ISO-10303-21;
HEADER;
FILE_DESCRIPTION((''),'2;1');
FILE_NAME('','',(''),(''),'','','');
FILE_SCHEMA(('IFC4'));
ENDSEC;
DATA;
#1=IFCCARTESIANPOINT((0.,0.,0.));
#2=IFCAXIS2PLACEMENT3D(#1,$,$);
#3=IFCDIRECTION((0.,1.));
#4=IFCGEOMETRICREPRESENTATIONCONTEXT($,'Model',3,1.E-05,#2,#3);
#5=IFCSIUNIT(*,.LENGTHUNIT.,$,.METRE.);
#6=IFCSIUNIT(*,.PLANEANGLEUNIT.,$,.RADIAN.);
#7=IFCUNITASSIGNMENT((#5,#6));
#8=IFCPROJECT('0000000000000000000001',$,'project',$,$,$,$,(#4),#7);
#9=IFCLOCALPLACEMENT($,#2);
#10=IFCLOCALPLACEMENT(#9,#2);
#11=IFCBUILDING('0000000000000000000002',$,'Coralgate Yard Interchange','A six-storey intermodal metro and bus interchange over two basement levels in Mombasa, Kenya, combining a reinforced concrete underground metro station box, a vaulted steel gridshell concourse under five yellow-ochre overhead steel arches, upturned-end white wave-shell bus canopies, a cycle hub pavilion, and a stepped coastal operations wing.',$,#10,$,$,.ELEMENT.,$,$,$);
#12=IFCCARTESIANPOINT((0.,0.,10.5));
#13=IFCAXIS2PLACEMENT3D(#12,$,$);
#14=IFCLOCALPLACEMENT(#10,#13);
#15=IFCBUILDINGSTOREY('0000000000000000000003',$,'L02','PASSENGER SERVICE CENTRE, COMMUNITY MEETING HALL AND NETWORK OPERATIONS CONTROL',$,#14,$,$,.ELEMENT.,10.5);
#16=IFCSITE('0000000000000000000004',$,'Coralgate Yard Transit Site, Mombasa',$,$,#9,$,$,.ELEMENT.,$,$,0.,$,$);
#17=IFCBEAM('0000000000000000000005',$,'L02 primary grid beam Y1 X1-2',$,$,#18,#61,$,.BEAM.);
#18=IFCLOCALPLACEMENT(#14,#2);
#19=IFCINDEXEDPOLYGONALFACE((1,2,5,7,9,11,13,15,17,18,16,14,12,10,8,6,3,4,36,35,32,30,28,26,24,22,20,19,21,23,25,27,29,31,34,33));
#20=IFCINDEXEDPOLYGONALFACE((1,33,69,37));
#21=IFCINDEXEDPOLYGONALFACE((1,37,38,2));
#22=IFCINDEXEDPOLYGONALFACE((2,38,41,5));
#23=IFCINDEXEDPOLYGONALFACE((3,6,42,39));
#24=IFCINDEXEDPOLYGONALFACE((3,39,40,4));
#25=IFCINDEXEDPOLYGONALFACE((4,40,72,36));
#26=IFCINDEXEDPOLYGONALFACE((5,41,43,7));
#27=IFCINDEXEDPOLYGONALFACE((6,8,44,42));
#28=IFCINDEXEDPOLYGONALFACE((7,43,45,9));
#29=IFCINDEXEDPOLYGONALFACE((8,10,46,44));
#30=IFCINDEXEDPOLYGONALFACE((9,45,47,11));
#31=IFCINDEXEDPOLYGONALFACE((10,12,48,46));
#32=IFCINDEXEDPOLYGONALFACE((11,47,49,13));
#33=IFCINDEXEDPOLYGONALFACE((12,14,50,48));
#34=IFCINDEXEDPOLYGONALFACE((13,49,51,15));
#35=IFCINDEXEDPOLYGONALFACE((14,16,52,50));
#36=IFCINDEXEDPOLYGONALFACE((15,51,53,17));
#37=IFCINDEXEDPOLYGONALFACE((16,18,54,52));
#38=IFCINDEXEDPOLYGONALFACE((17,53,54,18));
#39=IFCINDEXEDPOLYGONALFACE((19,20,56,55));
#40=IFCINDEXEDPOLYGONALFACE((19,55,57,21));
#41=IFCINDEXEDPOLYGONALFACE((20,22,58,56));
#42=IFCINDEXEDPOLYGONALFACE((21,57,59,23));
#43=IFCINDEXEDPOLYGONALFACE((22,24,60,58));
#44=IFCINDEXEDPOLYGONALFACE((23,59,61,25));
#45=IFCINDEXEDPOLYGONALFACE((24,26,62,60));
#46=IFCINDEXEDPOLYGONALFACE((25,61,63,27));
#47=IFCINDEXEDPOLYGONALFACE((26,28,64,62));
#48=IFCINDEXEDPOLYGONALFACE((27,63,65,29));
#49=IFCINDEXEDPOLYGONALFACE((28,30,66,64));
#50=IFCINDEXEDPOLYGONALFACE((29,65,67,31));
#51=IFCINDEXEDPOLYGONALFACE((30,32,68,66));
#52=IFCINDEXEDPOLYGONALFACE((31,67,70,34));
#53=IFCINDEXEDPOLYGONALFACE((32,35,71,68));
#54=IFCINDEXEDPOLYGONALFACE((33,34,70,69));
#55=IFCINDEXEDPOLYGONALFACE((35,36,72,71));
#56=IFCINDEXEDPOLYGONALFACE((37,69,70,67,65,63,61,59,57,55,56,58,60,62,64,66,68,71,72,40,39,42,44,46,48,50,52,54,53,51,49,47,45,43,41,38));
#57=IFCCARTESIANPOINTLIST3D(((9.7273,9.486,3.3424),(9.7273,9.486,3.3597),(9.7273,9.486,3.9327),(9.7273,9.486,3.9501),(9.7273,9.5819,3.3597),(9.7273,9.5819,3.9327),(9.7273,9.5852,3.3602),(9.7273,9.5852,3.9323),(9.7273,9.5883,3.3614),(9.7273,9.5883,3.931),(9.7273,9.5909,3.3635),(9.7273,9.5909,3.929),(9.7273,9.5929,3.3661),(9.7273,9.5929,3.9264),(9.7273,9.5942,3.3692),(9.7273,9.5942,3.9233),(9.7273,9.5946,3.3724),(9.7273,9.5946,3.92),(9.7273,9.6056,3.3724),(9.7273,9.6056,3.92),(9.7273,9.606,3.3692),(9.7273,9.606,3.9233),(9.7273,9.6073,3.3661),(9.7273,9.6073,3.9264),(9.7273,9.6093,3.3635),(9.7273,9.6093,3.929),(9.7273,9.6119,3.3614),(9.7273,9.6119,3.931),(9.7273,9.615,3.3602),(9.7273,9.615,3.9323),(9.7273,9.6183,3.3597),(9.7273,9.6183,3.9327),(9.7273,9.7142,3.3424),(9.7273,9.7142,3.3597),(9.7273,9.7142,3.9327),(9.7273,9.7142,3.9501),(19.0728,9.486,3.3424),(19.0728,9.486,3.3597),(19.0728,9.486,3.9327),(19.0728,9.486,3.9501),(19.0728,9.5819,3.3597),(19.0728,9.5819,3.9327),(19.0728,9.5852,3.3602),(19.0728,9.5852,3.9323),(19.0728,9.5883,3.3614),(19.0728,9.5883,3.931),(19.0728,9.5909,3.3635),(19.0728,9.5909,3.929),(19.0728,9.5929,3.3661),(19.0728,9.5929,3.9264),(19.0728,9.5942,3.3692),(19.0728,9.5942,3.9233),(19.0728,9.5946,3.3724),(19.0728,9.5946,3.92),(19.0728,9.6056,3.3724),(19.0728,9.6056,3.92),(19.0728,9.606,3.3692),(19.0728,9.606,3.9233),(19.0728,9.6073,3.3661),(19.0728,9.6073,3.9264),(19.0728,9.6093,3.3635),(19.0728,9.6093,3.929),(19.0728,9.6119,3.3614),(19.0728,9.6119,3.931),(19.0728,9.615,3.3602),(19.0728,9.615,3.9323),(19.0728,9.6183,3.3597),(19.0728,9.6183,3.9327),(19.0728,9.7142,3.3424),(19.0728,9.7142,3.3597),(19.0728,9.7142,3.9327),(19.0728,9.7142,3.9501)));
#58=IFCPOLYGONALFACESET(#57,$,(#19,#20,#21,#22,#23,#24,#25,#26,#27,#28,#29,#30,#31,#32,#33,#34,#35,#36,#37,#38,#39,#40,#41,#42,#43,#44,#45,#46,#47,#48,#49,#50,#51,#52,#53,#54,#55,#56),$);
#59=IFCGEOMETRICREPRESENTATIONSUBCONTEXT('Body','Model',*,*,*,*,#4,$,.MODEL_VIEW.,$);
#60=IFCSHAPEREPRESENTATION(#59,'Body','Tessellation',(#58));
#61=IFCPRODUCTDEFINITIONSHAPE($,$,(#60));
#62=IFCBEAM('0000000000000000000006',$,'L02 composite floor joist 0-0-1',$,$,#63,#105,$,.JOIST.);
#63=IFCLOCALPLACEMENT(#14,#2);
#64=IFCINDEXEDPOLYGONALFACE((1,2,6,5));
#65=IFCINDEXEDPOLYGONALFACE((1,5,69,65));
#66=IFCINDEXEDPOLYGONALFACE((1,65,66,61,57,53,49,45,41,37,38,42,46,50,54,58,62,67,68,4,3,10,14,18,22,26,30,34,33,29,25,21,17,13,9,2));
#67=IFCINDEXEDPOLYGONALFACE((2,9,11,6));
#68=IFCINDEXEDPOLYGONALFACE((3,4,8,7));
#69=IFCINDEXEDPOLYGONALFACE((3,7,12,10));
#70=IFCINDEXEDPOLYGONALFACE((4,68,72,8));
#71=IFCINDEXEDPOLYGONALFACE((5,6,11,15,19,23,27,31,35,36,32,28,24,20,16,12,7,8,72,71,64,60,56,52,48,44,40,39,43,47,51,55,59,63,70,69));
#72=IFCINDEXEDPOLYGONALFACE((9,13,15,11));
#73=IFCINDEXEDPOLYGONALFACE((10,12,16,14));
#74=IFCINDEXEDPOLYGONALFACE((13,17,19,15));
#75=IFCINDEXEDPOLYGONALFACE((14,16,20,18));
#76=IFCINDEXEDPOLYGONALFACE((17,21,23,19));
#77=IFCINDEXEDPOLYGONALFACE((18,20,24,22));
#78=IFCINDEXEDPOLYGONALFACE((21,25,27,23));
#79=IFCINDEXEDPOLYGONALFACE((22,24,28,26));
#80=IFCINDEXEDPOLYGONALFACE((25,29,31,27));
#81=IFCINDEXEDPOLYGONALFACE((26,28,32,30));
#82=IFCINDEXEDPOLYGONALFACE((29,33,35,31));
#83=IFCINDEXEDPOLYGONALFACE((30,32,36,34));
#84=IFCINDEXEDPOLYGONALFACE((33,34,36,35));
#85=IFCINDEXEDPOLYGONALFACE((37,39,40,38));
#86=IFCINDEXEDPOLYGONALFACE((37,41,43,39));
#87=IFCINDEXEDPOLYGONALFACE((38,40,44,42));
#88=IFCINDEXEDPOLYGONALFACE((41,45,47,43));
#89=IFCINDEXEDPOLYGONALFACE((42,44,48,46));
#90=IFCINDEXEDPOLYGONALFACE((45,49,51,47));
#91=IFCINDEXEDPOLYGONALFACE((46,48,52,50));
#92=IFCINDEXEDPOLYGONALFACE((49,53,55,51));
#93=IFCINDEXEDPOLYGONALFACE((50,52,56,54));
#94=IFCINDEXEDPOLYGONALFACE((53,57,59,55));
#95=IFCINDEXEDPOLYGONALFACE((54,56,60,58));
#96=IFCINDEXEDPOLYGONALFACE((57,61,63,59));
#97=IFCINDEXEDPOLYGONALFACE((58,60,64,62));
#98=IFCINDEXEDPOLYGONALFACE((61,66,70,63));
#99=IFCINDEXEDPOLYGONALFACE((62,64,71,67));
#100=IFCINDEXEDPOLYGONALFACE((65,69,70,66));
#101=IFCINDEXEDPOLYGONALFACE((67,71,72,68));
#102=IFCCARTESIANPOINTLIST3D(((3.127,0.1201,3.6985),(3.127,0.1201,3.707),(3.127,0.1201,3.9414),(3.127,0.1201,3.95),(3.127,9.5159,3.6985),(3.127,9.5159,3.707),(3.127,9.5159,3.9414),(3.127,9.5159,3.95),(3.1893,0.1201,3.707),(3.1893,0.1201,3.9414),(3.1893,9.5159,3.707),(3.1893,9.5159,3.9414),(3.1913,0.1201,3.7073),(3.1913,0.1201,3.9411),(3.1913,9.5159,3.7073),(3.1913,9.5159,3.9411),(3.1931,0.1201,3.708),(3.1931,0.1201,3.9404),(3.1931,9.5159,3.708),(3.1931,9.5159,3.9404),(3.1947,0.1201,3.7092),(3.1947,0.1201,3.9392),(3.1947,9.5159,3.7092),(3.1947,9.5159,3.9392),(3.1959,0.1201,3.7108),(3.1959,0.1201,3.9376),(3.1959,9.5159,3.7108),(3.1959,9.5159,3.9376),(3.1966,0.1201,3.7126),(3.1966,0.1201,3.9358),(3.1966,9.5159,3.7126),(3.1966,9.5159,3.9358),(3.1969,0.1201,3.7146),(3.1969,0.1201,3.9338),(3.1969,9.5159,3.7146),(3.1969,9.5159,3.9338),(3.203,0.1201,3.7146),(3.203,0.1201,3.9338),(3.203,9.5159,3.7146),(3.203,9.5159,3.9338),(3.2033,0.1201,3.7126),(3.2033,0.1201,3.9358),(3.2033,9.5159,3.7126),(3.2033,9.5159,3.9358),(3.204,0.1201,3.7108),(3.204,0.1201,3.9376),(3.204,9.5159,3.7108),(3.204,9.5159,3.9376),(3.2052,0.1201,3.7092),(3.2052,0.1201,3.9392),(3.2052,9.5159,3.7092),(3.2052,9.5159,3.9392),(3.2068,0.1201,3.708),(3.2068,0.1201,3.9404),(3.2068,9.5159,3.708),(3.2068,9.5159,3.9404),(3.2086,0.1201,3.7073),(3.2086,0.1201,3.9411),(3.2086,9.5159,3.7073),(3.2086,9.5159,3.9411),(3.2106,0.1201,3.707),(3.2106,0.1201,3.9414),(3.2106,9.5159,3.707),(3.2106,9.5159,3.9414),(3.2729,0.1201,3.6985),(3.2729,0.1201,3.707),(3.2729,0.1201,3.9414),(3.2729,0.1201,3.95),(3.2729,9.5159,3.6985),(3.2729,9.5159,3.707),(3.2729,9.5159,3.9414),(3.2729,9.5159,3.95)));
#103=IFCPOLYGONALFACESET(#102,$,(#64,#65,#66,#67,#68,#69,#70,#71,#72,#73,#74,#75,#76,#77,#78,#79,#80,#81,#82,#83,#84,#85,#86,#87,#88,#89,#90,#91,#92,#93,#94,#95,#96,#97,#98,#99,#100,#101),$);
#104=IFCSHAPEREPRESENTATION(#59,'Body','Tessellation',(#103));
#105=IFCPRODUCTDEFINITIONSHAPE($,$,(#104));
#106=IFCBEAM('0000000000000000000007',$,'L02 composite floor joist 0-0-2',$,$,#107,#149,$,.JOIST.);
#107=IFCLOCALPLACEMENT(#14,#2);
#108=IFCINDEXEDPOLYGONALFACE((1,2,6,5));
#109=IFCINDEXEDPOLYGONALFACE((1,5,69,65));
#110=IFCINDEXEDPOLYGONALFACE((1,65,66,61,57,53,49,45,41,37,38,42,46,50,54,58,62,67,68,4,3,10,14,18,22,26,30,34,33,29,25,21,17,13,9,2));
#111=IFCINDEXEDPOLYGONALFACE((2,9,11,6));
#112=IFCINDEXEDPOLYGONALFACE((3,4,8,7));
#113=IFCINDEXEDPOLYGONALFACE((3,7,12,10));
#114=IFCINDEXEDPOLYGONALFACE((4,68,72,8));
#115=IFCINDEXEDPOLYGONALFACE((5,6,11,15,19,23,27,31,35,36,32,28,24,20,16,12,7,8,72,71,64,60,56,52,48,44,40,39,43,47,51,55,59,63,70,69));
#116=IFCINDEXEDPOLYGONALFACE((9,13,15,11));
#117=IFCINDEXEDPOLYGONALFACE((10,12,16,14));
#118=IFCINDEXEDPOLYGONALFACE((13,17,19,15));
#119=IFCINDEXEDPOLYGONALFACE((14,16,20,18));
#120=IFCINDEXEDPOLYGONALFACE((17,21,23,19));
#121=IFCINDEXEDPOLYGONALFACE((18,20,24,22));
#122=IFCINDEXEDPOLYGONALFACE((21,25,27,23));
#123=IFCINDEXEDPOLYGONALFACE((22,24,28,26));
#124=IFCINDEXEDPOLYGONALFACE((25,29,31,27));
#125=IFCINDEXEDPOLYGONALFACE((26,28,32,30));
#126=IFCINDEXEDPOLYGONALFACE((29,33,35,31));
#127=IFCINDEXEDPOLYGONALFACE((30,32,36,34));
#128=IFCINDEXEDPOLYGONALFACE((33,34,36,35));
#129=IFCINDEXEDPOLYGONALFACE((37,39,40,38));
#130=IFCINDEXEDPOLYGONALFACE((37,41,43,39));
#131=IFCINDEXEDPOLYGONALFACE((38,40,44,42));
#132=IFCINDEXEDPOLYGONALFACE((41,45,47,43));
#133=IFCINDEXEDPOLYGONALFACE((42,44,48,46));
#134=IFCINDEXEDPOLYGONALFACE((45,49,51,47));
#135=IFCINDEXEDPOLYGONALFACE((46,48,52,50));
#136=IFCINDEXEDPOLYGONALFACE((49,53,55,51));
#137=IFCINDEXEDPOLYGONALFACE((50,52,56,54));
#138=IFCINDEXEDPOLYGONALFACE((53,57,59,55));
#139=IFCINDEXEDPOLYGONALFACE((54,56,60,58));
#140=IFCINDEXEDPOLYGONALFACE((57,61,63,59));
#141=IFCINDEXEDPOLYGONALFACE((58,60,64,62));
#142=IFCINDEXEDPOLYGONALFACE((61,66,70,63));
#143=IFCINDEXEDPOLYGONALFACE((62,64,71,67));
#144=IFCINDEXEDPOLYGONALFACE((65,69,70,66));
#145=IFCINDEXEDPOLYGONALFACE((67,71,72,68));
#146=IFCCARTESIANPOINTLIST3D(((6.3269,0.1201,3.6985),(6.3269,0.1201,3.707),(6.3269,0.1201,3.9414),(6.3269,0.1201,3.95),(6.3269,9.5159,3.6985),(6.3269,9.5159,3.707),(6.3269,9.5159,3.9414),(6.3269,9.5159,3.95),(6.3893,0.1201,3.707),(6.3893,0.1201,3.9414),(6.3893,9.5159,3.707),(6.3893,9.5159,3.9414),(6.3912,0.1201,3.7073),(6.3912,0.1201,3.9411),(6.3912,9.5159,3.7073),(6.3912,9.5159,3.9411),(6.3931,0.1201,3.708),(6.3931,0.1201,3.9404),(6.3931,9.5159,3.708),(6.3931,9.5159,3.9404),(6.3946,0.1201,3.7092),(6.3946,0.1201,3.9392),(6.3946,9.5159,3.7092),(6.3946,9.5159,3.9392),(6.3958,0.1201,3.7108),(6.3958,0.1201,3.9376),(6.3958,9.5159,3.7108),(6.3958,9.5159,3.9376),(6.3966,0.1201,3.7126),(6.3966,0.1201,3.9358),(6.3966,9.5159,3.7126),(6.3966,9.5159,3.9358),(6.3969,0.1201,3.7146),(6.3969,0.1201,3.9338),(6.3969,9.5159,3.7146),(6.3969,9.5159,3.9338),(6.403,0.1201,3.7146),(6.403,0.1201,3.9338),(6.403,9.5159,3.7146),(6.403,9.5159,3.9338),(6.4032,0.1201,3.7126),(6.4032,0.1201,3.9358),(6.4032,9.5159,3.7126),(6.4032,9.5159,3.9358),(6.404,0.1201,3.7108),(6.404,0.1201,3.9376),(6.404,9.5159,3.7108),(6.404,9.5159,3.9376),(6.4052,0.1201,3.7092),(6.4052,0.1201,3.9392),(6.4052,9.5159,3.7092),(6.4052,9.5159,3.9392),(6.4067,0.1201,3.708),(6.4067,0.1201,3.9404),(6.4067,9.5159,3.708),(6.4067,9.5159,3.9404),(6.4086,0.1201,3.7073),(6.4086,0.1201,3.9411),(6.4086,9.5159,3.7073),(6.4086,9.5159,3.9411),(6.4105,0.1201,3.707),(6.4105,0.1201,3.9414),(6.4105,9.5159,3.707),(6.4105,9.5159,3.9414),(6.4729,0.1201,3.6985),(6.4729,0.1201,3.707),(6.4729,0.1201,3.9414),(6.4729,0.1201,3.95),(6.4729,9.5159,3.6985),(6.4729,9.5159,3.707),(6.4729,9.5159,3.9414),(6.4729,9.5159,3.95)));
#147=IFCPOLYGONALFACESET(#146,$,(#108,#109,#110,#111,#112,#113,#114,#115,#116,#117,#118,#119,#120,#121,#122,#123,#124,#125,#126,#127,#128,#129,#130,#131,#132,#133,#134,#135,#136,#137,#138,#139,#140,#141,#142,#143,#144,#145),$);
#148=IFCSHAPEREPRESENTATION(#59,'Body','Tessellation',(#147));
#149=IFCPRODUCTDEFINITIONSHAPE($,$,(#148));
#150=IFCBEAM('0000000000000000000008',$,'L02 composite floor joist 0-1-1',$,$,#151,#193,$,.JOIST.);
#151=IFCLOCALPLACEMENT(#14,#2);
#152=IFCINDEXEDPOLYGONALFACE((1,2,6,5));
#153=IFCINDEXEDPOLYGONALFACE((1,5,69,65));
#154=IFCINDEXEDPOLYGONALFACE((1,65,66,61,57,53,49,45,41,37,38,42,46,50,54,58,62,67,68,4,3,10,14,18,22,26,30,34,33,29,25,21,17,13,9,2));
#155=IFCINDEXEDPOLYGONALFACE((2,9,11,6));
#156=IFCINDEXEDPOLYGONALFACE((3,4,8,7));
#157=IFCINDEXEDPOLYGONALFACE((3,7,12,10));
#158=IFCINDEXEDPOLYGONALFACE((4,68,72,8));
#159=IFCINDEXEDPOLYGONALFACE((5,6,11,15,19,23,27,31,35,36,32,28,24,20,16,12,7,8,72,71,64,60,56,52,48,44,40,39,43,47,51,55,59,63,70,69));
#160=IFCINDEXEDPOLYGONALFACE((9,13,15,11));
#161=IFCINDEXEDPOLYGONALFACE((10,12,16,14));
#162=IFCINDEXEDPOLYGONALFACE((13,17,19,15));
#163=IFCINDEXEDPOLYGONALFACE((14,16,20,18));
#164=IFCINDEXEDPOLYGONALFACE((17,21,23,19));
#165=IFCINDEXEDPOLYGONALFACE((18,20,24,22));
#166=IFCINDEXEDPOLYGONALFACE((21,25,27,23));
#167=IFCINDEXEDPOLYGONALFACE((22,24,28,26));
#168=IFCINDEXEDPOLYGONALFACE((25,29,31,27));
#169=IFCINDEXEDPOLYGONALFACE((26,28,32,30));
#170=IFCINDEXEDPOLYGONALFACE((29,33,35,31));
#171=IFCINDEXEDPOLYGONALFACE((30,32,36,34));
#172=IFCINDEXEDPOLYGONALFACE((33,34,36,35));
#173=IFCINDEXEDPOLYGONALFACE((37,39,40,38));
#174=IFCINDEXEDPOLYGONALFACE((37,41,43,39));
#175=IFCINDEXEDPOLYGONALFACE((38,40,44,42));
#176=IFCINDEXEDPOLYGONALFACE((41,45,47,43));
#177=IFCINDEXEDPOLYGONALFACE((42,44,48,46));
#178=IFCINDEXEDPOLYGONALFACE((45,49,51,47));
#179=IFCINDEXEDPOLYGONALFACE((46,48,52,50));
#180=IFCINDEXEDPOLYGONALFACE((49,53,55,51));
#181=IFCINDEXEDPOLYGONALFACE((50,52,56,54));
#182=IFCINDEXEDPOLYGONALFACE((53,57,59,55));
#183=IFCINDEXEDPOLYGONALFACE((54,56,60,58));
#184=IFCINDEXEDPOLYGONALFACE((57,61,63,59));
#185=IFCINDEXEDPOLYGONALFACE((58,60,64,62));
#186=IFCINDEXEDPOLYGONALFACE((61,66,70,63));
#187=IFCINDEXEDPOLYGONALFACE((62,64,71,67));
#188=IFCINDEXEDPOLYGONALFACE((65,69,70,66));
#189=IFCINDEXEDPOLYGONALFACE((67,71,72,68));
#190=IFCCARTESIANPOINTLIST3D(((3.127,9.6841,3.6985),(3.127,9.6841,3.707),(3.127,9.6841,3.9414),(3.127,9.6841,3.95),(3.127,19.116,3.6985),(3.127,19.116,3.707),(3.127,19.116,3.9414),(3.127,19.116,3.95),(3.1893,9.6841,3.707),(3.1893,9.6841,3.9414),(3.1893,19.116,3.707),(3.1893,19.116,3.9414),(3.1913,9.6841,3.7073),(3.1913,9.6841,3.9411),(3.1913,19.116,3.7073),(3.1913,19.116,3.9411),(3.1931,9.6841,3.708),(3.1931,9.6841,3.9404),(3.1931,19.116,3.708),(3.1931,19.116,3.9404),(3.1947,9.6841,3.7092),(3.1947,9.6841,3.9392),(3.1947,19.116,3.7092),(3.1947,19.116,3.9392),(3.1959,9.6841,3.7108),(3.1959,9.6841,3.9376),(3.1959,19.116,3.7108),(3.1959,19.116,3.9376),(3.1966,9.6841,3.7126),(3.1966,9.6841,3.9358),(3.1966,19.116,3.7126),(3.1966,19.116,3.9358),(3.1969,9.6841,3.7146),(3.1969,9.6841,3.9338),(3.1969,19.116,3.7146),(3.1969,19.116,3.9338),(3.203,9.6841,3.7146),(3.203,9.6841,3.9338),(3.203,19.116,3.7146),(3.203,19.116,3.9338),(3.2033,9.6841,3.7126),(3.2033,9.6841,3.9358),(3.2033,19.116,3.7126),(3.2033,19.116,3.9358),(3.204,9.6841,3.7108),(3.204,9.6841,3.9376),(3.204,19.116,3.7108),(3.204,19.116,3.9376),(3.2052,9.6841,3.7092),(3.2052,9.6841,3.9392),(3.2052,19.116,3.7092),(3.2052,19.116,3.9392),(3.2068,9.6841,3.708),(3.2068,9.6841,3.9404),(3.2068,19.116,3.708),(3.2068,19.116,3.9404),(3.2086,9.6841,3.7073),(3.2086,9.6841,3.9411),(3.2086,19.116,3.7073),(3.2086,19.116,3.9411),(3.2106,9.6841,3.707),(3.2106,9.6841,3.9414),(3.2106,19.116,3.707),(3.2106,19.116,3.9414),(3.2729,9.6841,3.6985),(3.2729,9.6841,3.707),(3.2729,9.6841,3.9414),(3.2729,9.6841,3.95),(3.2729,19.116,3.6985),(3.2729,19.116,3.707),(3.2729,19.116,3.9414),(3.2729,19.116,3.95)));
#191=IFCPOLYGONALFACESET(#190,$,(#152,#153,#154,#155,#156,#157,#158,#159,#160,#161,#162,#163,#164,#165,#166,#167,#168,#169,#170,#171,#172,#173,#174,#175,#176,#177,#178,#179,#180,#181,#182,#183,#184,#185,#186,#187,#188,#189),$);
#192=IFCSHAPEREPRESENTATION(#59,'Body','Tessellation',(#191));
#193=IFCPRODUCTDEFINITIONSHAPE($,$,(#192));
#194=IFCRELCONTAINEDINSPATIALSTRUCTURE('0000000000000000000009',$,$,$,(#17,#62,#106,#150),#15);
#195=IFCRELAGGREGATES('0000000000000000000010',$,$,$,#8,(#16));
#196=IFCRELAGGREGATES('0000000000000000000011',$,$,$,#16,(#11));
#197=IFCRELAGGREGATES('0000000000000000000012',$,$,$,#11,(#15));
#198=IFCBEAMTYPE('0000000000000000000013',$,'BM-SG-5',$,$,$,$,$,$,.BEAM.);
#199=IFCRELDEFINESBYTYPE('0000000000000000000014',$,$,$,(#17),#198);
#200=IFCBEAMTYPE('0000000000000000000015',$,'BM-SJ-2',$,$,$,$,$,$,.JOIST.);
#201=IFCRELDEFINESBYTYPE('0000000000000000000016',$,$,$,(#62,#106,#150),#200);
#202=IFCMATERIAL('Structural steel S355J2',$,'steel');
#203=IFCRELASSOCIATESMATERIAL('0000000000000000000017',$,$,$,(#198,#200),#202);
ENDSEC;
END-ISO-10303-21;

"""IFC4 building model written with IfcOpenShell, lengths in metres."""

from ifc_helpers import new_model, si_unit, direction, frame, origin, origin_2d, place, context, subcontext, project, spatial, i_section, extrude, material, material_profile, profile_set, type_object, element, save


model = new_model("IFC4")

# Units and contexts
model_context = context("Model", 3, precision=1e-05, world=origin(), true_north=direction((0.0, 1.0)))
body_context = subcontext(model_context, "Body", "Model", "MODEL_VIEW")
ifc_project = project(units=[si_unit("LENGTHUNIT", "METRE"), si_unit("PLANEANGLEUNIT", "RADIAN")], contexts=[model_context])

# Site, building, storey
site_placement = place(None, origin())
site = spatial("IfcSite", under=ifc_project, at=site_placement, Name="Coralgate Yard Transit Site, Mombasa", CompositionType="ELEMENT", RefElevation=0.0)
building_placement = place(site_placement, origin())
building = spatial("IfcBuilding", under=site, at=building_placement, Name="Coralgate Yard Interchange", Description="A six-storey intermodal metro and bus interchange over two basement levels in Mombasa, Kenya, combining a reinforced concrete underground metro station box, a vaulted steel gridshell concourse under five yellow-ochre overhead steel arches, upturned-end white wave-shell bus canopies, a cycle hub pavilion, and a stepped coastal operations wing.", CompositionType="ELEMENT")
storey_placement = place(building_placement, frame((0.0, 0.0, 10.5)))
storey = spatial("IfcBuildingStorey", under=building, at=storey_placement, Name="L02", Description="PASSENGER SERVICE CENTRE, COMMUNITY MEETING HALL AND NETWORK OPERATIONS CONTROL", CompositionType="ELEMENT", Elevation=10.5)

# Shared definitions
ifc_material_1 = material(Name="Structural steel S355J2", Category="steel")

# Beams
ifc_material_profile_1 = material_profile(ifc_material_1, i_section(OverallWidth=0.2283, OverallDepth=0.6077, WebThickness=0.011, FlangeThickness=0.0173, FilletRadius=0.0127, at=origin_2d()), Name="UB 610x229x113")
ifc_profile_set_1 = profile_set([ifc_material_profile_1], Name="Structural steel S355J2")
beam_type_1 = type_object("IfcBeamType", Name="BM-SG-5", PredefinedType="BEAM", material=ifc_profile_set_1)
beam_1_placement = place(storey_placement, frame((9.7273, 9.6001, 3.6462), z_axis=(1.0, 0.0, 0.0), x_axis=(0.0, 1.0, 0.0)))
element("IfcBeam", 1, at=beam_1_placement, inside=storey, type_object=beam_type_1, Name="L02 primary grid beam Y1 X1-2", PredefinedType="BEAM", context=body_context, shape_type="SweptSolid", body=[
    extrude(i_section(OverallWidth=0.2283, OverallDepth=0.6077, WebThickness=0.011, FlangeThickness=0.0173, FilletRadius=0.0127, at=origin_2d()), origin(), (0.0, 0.0, 1.0), 9.3455),
])
ifc_material_profile_2 = material_profile(ifc_material_1, i_section(OverallWidth=0.146, OverallDepth=0.2515, WebThickness=0.0061, FlangeThickness=0.0085, FilletRadius=0.0076, at=origin_2d()), Name="UB 254x146x31")
ifc_profile_set_2 = profile_set([ifc_material_profile_2], Name="Structural steel S355J2")
beam_type_2 = type_object("IfcBeamType", Name="BM-SJ-2", PredefinedType="JOIST", material=ifc_profile_set_2)
for number, where, z_axis, x_axis, name in (
    (2, (3.2, 0.1201, 3.8242), (0.0, 1.0, 0.0), (-1.0, 0.0, 0.0), "L02 composite floor joist 0-0-1"),
    (3, (6.3999, 0.1201, 3.8242), (0.0, 1.0, 0.0), (-1.0, 0.0, 0.0), "L02 composite floor joist 0-0-2"),
):
    element("IfcBeam", number, at=place(storey_placement, frame(where, z_axis=z_axis, x_axis=x_axis)), inside=storey, type_object=beam_type_2, Name=name, PredefinedType="JOIST", context=body_context, shape_type="SweptSolid", body=[
        extrude(i_section(OverallWidth=0.146, OverallDepth=0.2515, WebThickness=0.0061, FlangeThickness=0.0085, FilletRadius=0.0076, at=origin_2d()), origin(), (0.0, 0.0, 1.0), 9.3958),
    ])
for number, where, z_axis, x_axis, name in (
    (4, (3.2, 9.6841, 3.8242), (0.0, 1.0, 0.0), (-1.0, 0.0, 0.0), "L02 composite floor joist 0-1-1"),
):
    element("IfcBeam", number, at=place(storey_placement, frame(where, z_axis=z_axis, x_axis=x_axis)), inside=storey, type_object=beam_type_2, Name=name, PredefinedType="JOIST", context=body_context, shape_type="SweptSolid", body=[
        extrude(i_section(OverallWidth=0.146, OverallDepth=0.2515, WebThickness=0.0061, FlangeThickness=0.0085, FilletRadius=0.0076, at=origin_2d()), origin(), (0.0, 0.0, 1.0), 9.4319),
    ])

save(model, "model.ifc")
